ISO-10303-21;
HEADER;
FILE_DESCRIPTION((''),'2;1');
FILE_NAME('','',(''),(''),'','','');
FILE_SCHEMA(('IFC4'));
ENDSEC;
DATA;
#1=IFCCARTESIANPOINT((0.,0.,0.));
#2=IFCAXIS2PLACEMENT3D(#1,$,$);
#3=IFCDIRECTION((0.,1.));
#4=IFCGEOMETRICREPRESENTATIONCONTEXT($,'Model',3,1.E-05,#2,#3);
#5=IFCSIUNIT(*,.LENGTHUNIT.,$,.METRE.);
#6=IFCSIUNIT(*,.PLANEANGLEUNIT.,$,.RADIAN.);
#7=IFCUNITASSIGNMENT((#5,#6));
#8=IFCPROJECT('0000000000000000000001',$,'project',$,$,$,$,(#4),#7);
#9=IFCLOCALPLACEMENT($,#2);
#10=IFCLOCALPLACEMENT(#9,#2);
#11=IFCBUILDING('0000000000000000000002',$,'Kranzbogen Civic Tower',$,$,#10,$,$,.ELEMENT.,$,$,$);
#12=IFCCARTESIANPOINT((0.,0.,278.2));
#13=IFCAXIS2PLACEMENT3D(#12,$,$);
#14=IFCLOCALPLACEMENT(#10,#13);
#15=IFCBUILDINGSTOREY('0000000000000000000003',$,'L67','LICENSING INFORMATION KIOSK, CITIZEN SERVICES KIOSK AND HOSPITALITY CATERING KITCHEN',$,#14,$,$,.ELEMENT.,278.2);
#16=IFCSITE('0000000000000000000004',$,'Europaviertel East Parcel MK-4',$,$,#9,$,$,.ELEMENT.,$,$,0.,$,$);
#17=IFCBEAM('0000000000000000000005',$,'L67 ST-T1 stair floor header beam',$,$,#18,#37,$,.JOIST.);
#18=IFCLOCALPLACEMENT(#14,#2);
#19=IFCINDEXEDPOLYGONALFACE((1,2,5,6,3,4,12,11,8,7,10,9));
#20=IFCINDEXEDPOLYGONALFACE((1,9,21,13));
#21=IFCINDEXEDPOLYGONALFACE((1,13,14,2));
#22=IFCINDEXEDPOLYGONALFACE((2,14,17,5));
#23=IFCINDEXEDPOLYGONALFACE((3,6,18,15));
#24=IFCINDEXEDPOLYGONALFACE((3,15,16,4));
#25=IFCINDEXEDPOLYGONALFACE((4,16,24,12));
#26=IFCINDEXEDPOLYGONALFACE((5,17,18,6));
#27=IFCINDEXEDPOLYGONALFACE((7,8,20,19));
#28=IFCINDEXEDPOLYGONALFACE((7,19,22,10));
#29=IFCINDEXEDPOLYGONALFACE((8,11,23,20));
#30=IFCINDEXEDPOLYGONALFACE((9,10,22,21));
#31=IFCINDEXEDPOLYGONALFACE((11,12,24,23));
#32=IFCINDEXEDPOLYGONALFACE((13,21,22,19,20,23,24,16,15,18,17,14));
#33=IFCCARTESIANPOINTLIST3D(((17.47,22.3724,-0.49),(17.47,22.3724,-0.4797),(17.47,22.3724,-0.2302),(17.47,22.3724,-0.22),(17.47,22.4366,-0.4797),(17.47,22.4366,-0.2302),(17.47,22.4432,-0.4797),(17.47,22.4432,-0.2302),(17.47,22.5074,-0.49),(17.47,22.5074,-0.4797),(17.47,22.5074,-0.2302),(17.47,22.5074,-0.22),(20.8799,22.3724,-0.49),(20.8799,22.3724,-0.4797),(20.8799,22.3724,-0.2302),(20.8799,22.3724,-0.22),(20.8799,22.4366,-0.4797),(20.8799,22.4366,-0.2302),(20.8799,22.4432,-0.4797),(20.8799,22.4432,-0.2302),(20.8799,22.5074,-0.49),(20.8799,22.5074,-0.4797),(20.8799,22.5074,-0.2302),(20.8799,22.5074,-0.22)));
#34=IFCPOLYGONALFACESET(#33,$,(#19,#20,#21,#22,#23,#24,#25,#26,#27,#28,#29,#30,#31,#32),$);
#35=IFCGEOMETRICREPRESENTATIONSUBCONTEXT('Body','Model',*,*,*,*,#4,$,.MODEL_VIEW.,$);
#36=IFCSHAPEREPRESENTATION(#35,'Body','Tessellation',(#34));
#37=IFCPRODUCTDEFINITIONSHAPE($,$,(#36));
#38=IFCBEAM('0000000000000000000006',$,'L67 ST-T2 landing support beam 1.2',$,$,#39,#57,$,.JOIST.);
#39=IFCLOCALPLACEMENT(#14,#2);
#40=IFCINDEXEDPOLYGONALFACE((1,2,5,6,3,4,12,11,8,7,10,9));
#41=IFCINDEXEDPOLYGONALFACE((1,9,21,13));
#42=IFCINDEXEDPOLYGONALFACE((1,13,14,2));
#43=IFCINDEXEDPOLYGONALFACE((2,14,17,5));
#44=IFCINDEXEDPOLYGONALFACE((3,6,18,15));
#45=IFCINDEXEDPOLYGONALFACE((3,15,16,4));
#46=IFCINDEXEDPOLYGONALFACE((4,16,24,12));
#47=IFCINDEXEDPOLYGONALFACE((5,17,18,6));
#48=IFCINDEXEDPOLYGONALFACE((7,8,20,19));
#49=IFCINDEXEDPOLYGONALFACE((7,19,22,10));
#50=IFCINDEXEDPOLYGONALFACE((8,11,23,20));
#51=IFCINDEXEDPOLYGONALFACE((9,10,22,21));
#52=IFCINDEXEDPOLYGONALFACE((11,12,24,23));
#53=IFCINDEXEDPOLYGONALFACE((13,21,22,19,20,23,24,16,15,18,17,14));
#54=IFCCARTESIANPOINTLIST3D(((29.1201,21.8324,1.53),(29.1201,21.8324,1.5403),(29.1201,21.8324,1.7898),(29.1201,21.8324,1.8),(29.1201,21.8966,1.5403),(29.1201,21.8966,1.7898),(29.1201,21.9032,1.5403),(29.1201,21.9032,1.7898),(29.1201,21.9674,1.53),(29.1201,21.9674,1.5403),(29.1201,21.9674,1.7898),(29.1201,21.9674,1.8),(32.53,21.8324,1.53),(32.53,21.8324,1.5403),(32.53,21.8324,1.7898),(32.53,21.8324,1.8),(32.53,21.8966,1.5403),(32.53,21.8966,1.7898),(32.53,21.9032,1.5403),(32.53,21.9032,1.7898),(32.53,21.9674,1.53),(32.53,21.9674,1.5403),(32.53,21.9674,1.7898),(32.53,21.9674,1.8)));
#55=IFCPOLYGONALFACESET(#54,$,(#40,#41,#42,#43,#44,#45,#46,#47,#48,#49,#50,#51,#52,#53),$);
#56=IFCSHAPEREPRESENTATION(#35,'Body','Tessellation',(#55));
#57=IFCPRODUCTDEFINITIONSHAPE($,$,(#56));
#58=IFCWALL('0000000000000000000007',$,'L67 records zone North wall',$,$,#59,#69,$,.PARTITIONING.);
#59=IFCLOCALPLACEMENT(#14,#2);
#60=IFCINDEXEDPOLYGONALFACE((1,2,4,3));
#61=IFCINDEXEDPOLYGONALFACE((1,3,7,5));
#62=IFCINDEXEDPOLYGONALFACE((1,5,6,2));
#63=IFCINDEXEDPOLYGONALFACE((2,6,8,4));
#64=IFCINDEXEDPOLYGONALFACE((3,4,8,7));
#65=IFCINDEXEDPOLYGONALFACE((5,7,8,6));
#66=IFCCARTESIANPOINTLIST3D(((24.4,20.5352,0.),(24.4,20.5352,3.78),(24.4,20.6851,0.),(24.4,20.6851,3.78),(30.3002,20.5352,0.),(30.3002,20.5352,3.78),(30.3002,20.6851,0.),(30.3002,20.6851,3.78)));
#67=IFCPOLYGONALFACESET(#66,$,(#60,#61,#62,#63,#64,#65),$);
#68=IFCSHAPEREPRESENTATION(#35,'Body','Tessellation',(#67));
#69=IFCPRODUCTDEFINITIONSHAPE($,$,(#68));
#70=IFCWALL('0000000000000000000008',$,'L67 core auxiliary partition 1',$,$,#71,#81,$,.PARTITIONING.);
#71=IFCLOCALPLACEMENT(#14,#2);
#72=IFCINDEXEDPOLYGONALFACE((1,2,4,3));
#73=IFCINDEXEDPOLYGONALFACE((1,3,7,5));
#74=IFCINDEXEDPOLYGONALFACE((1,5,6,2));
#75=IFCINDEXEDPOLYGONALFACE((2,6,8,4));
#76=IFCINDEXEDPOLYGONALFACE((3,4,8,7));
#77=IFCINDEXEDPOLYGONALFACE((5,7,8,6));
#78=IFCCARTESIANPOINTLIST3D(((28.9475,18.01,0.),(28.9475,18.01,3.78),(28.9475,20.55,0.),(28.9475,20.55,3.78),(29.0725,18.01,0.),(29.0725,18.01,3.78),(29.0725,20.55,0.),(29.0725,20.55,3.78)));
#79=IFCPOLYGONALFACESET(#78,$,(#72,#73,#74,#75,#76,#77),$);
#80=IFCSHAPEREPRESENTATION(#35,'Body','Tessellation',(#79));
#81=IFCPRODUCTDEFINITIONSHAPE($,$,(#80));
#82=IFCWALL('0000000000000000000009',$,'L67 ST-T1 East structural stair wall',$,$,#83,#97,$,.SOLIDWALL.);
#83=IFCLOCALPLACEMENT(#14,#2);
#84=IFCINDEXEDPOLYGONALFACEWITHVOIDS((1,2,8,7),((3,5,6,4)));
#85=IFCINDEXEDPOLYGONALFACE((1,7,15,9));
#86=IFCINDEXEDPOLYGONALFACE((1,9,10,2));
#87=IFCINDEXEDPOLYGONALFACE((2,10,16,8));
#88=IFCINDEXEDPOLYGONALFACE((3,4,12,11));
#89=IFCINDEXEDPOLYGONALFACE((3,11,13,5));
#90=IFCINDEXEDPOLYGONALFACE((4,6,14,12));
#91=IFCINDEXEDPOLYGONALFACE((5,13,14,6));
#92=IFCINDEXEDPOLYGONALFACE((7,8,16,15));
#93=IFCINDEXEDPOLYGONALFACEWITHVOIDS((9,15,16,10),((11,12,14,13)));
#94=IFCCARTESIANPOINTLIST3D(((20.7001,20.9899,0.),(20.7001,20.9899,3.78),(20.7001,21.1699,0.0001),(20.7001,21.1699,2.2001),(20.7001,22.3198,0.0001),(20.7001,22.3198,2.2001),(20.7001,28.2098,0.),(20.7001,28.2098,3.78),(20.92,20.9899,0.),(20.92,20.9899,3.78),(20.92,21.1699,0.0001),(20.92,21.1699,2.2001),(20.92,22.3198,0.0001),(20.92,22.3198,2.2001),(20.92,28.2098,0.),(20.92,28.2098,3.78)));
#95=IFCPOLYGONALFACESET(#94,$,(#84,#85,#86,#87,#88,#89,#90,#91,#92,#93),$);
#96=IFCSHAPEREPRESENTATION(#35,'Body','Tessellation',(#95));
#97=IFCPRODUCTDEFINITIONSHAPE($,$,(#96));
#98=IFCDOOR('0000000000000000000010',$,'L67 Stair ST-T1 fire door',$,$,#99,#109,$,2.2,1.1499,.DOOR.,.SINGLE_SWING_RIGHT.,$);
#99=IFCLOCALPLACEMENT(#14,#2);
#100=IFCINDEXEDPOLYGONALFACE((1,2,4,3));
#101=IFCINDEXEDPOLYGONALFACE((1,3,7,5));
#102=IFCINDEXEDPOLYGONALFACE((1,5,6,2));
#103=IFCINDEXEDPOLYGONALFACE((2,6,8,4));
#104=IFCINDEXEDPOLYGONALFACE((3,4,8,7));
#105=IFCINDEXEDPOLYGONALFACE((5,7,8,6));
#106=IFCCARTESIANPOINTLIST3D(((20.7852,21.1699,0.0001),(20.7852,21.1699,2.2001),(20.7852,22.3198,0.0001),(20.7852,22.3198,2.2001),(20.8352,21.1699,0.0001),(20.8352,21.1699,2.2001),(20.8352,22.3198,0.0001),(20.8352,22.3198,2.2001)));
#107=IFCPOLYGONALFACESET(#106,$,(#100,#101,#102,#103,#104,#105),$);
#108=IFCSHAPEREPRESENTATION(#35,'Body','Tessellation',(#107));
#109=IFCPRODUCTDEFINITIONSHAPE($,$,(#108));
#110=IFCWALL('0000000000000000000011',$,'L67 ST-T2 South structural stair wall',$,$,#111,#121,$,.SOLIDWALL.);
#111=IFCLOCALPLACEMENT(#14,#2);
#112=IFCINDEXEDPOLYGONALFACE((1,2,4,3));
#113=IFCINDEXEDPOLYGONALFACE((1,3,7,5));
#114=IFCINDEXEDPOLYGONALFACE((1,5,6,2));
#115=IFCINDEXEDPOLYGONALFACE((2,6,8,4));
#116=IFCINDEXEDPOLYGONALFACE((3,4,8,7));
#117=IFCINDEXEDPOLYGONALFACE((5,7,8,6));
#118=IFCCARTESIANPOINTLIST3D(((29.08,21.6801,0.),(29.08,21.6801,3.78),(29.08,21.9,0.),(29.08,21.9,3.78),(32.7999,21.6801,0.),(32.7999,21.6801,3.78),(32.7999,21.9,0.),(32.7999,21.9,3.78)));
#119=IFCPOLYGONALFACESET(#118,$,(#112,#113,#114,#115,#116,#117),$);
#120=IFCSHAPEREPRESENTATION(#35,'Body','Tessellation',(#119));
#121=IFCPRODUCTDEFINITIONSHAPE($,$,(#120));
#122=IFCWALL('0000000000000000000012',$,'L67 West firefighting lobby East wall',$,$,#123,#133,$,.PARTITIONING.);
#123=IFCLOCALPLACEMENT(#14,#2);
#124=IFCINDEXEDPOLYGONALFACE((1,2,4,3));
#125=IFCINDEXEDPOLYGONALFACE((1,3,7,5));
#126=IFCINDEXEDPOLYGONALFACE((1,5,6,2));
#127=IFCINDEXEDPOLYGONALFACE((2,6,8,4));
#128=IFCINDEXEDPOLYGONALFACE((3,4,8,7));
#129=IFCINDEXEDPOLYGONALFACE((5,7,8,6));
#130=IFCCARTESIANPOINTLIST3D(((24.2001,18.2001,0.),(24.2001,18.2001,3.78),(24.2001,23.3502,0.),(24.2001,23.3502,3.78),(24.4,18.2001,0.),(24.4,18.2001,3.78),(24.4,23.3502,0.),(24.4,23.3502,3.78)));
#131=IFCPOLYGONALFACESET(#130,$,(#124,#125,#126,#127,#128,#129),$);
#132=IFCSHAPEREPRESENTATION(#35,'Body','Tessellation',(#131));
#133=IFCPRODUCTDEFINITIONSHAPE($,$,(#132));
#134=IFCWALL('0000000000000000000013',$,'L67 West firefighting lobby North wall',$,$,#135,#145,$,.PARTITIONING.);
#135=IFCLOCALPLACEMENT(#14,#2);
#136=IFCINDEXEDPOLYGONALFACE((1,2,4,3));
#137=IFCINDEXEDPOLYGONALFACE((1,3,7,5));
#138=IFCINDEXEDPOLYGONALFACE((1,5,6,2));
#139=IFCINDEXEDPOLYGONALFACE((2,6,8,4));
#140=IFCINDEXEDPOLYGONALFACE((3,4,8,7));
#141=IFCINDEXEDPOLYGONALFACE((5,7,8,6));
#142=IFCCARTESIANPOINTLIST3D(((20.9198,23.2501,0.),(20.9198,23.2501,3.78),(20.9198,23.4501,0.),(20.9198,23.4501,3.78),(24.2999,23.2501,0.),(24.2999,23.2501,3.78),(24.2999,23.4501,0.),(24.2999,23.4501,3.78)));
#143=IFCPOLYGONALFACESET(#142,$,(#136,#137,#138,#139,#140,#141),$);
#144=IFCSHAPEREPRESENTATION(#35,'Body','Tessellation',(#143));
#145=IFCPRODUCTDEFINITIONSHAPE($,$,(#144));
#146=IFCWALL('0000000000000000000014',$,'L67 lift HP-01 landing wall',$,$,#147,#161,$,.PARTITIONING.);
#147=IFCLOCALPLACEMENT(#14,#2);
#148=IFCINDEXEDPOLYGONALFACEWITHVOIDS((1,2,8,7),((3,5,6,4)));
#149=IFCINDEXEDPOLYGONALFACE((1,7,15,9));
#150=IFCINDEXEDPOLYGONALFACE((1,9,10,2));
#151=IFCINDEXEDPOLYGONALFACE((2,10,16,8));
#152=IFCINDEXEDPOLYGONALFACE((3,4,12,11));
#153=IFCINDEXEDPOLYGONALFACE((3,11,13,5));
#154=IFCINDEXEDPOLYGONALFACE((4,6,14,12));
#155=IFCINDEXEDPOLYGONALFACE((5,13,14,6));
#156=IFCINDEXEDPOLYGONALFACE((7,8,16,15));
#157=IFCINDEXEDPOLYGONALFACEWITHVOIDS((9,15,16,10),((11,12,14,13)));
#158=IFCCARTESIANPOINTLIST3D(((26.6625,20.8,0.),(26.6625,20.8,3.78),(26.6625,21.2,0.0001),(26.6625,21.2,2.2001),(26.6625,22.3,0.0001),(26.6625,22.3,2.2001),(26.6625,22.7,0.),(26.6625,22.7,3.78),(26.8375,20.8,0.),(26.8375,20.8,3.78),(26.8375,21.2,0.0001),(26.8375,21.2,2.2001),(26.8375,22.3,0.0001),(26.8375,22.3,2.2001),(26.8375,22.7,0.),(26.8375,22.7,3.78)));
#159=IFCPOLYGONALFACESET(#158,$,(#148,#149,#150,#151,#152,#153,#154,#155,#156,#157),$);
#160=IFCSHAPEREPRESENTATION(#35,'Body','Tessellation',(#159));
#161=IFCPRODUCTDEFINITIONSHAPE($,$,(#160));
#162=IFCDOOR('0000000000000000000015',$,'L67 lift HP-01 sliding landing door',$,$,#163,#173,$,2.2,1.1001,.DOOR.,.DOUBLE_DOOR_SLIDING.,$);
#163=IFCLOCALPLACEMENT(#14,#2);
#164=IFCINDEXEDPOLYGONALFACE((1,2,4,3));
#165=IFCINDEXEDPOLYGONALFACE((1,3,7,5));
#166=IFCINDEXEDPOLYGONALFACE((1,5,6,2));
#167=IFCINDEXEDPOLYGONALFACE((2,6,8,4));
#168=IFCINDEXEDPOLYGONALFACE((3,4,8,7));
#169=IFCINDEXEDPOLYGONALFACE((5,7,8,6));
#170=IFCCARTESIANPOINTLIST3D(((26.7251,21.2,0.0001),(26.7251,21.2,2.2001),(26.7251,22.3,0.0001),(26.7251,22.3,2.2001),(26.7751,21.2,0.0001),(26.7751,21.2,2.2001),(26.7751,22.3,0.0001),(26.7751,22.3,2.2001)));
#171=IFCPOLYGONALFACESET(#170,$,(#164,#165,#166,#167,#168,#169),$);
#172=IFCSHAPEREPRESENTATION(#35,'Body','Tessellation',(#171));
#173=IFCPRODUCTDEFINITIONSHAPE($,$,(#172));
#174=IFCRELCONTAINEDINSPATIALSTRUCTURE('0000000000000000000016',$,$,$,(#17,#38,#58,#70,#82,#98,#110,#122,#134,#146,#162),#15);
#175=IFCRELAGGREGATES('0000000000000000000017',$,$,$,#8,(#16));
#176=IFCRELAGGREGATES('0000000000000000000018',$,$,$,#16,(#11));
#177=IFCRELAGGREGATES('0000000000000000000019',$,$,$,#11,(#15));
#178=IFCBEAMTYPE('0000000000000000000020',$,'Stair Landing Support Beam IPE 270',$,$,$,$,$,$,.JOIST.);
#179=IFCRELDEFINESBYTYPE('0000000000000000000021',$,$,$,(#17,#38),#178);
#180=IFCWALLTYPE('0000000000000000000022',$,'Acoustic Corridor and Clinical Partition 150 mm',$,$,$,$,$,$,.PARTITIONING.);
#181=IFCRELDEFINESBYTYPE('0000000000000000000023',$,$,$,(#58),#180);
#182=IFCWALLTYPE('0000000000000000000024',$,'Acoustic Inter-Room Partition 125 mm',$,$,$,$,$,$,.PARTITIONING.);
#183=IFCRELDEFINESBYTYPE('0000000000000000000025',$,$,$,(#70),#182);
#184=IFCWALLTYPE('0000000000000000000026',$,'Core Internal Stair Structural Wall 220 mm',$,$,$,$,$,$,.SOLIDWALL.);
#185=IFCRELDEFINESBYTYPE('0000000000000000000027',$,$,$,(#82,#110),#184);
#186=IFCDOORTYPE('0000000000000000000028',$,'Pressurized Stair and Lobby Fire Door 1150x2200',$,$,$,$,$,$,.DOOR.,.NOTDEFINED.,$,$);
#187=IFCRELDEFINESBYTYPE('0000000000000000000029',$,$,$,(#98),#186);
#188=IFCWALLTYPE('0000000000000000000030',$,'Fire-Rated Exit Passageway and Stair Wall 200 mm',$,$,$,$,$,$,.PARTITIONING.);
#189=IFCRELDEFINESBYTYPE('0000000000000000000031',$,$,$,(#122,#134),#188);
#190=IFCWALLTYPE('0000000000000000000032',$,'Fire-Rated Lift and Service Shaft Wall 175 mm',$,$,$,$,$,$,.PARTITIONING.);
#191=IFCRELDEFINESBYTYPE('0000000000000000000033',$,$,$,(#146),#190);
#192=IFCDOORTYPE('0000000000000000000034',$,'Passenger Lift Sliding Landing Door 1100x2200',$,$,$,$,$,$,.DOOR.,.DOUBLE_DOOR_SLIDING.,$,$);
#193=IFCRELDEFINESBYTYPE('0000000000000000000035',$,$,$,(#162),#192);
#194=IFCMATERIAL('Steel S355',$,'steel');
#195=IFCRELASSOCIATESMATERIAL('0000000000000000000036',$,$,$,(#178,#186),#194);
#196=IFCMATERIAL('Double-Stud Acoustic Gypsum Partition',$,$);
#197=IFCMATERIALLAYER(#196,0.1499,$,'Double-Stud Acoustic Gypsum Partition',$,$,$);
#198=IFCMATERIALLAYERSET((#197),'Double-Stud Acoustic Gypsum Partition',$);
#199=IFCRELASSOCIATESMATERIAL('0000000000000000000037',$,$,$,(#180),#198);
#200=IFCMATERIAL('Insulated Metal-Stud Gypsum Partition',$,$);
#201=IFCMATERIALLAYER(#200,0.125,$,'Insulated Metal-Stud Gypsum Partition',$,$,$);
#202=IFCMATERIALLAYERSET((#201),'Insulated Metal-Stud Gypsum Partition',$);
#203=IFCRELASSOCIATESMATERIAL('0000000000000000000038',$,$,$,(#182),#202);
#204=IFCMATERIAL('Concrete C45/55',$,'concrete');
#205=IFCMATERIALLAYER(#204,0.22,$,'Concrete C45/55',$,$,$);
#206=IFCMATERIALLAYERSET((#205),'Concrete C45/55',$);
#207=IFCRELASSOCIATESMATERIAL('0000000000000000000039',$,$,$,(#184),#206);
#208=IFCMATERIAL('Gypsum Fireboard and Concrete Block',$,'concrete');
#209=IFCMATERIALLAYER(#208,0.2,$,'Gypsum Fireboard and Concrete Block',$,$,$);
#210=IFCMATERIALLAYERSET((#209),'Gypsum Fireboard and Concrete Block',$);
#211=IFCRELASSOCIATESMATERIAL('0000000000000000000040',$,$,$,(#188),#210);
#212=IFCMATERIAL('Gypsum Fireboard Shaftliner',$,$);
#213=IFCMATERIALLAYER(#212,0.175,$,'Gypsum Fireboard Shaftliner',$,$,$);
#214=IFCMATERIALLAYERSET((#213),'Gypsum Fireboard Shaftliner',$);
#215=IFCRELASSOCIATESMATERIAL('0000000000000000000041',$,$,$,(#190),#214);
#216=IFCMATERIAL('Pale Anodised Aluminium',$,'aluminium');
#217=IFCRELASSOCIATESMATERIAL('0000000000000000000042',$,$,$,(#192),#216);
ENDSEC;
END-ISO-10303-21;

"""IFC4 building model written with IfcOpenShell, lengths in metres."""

from ifc_helpers import new_model, si_unit, direction, frame, frame_2d, origin, origin_2d, place, context, subcontext, project, spatial, rectangle, i_section, extrude, material, layer, layer_set, material_profile, profile_set, type_object, element, fill, save


model = new_model("IFC4")

# Units and contexts
model_context = context("Model", 3, precision=1e-05, world=origin(), true_north=direction((0.0, 1.0)))
body_context = subcontext(model_context, "Body", "Model", "MODEL_VIEW")
ifc_project = project(units=[si_unit("LENGTHUNIT", "METRE"), si_unit("PLANEANGLEUNIT", "RADIAN")], contexts=[model_context])

# Site, building, storey
site_placement = place(None, origin())
site = spatial("IfcSite", under=ifc_project, at=site_placement, Name="Europaviertel East Parcel MK-4", CompositionType="ELEMENT", RefElevation=0.0)
building_placement = place(site_placement, origin())
building = spatial("IfcBuilding", under=site, at=building_placement, Name="Kranzbogen Civic Tower", CompositionType="ELEMENT")
storey_placement = place(building_placement, frame((0.0, 0.0, 278.2)))
storey = spatial("IfcBuildingStorey", under=building, at=storey_placement, Name="L67", Description="LICENSING INFORMATION KIOSK, CITIZEN SERVICES KIOSK AND HOSPITALITY CATERING KITCHEN", CompositionType="ELEMENT", Elevation=278.2)

# Beams
ifc_material_1 = material(Name="Steel S355", Category="steel")
ifc_material_profile = material_profile(ifc_material_1, i_section(OverallWidth=0.135, OverallDepth=0.27, WebThickness=0.0066, FlangeThickness=0.0103, at=origin_2d()), Name="IPE 270")
ifc_profile_set = profile_set([ifc_material_profile], Name="Steel S355")
beam_type = type_object("IfcBeamType", Name="Stair Landing Support Beam IPE 270", PredefinedType="JOIST", material=ifc_profile_set)
for number, where, z_axis, x_axis, name in (
    (1, (20.8799, 22.4399, -0.355), (-1.0, 0.0, 0.0), (0.0, -1.0, 0.0), "L67 ST-T1 stair floor header beam"),
    (2, (29.1201, 21.8999, 1.665), (1.0, 0.0, 0.0), (0.0, 1.0, 0.0), "L67 ST-T2 landing support beam 1.2"),
):
    element("IfcBeam", number, at=place(storey_placement, frame(where, z_axis=z_axis, x_axis=x_axis)), inside=storey, type_object=beam_type, Name=name, PredefinedType="JOIST", context=body_context, shape_type="SweptSolid", body=[
        extrude(i_section(OverallWidth=0.135, OverallDepth=0.27, WebThickness=0.0066, FlangeThickness=0.0103, at=origin_2d()), origin(), (0.0, 0.0, 1.0), 3.4099),
    ])

# Walls
ifc_material_2 = material(Name="Double-Stud Acoustic Gypsum Partition")
ifc_layer_1 = layer(ifc_material_2, 0.1499, Name="Double-Stud Acoustic Gypsum Partition")
ifc_layer_set_1 = layer_set([ifc_layer_1], Name="Double-Stud Acoustic Gypsum Partition")
wall_type_1 = type_object("IfcWallType", Name="Acoustic Corridor and Clinical Partition 150 mm", PredefinedType="PARTITIONING", material=ifc_layer_set_1)
wall_1_placement = place(storey_placement, frame((24.3999, 20.6101, 0.0), z_axis=(0.0, 0.0, 1.0), x_axis=(1.0, 0.0, 0.0)))
element("IfcWall", 3, at=wall_1_placement, inside=storey, type_object=wall_type_1, Name="L67 records zone North wall", PredefinedType="PARTITIONING", context=body_context, shape_type="SweptSolid", body=[
    extrude(rectangle(XDim=5.9001, YDim=0.1499, at=frame_2d((2.9502, 0.0))), origin(), (0.0, 0.0, 1.0), 3.78),
])
ifc_material_3 = material(Name="Insulated Metal-Stud Gypsum Partition")
ifc_layer_2 = layer(ifc_material_3, 0.125, Name="Insulated Metal-Stud Gypsum Partition")
ifc_layer_set_2 = layer_set([ifc_layer_2], Name="Insulated Metal-Stud Gypsum Partition")
wall_type_2 = type_object("IfcWallType", Name="Acoustic Inter-Room Partition 125 mm", PredefinedType="PARTITIONING", material=ifc_layer_set_2)
wall_2_placement = place(storey_placement, frame((29.01, 18.01, 0.0), z_axis=(0.0, 0.0, 1.0), x_axis=(0.0, 1.0, 0.0)))
element("IfcWall", 4, at=wall_2_placement, inside=storey, type_object=wall_type_2, Name="L67 core auxiliary partition 1", PredefinedType="PARTITIONING", context=body_context, shape_type="SweptSolid", body=[
    extrude(rectangle(XDim=2.54, YDim=0.125, at=frame_2d((1.27, 0.0))), origin(), (0.0, 0.0, 1.0), 3.78),
])

# Wall, opening, door
ifc_material_4 = material(Name="Concrete C45/55", Category="concrete")
ifc_layer_3 = layer(ifc_material_4, 0.22, Name="Concrete C45/55")
ifc_layer_set_3 = layer_set([ifc_layer_3], Name="Concrete C45/55")
wall_type_3 = type_object("IfcWallType", Name="Core Internal Stair Structural Wall 220 mm", PredefinedType="SOLIDWALL", material=ifc_layer_set_3)
wall_3_placement = place(storey_placement, frame((20.8101, 20.99, 0.0), z_axis=(0.0, 0.0, 1.0), x_axis=(0.0, 1.0, 0.0)))
wall_3 = element("IfcWall", 5, at=wall_3_placement, inside=storey, type_object=wall_type_3, Name="L67 ST-T1 East structural stair wall", PredefinedType="SOLIDWALL", context=body_context, shape_type="SweptSolid", body=[
    extrude(rectangle(XDim=7.22, YDim=0.22, at=frame_2d((3.6099, 0.0))), origin(), (0.0, 0.0, 1.0), 3.78),
])
opening_1_placement = place(wall_3_placement, frame((0.1799, 0.0, 0.0)))
opening_1 = element("IfcOpeningElement", 6, at=opening_1_placement, cuts=wall_3, PredefinedType="OPENING", context=body_context, shape_type="SweptSolid", body=[
    extrude(rectangle(XDim=1.1499, YDim=2.2, at=frame_2d((0.575, 1.1001))), frame((0.0, 0.1201, 0.0), z_axis=(0.0, -1.0, 0.0), x_axis=(1.0, 0.0, 0.0)), (0.0, 0.0, 1.0), 0.24),
])
door_type_1 = type_object("IfcDoorType", Name="Pressurized Stair and Lobby Fire Door 1150x2200", OperationType="NOTDEFINED", PredefinedType="DOOR", material=ifc_material_1)
door_1_placement = place(opening_1_placement, origin())
door_1 = element("IfcDoor", 7, at=door_1_placement, inside=storey, type_object=door_type_1, Name="L67 Stair ST-T1 fire door", OperationType="SINGLE_SWING_RIGHT", OverallHeight=2.2, OverallWidth=1.1499, PredefinedType="DOOR", context=body_context, shape_type="SweptSolid", body=[
    extrude(rectangle(XDim=1.1499, YDim=2.2, at=frame_2d((0.575, 1.1001))), frame((0.0, 0.0249, 0.0), z_axis=(0.0, -1.0, 0.0), x_axis=(1.0, 0.0, 0.0)), (0.0, 0.0, 1.0), 0.05),
])
fill(opening_1, door_1)

# Walls
wall_4_placement = place(storey_placement, frame((29.0801, 21.79, 0.0), z_axis=(0.0, 0.0, 1.0), x_axis=(1.0, 0.0, 0.0)))
element("IfcWall", 8, at=wall_4_placement, inside=storey, type_object=wall_type_3, Name="L67 ST-T2 South structural stair wall", PredefinedType="SOLIDWALL", context=body_context, shape_type="SweptSolid", body=[
    extrude(rectangle(XDim=3.72, YDim=0.22, at=frame_2d((1.8599, 0.0))), origin(), (0.0, 0.0, 1.0), 3.78),
])
ifc_material_5 = material(Name="Gypsum Fireboard and Concrete Block", Category="concrete")
ifc_layer_4 = layer(ifc_material_5, 0.2, Name="Gypsum Fireboard and Concrete Block")
ifc_layer_set_4 = layer_set([ifc_layer_4], Name="Gypsum Fireboard and Concrete Block")
wall_type_4 = type_object("IfcWallType", Name="Fire-Rated Exit Passageway and Stair Wall 200 mm", PredefinedType="PARTITIONING", material=ifc_layer_set_4)
wall_5_placement = place(storey_placement, frame((24.3, 18.2, 0.0), z_axis=(0.0, 0.0, 1.0), x_axis=(0.0, 1.0, 0.0)))
element("IfcWall", 9, at=wall_5_placement, inside=storey, type_object=wall_type_4, Name="L67 West firefighting lobby East wall", PredefinedType="PARTITIONING", context=body_context, shape_type="SweptSolid", body=[
    extrude(rectangle(XDim=5.1501, YDim=0.2, at=frame_2d((2.5752, 0.0))), origin(), (0.0, 0.0, 1.0), 3.78),
])
wall_6_placement = place(storey_placement, frame((20.9199, 23.3501, 0.0), z_axis=(0.0, 0.0, 1.0), x_axis=(1.0, 0.0, 0.0)))
element("IfcWall", 10, at=wall_6_placement, inside=storey, type_object=wall_type_4, Name="L67 West firefighting lobby North wall", PredefinedType="PARTITIONING", context=body_context, shape_type="SweptSolid", body=[
    extrude(rectangle(XDim=3.3801, YDim=0.2, at=frame_2d((1.6899, 0.0))), origin(), (0.0, 0.0, 1.0), 3.78),
])

# Wall, opening, door
ifc_material_6 = material(Name="Gypsum Fireboard Shaftliner")
ifc_layer_5 = layer(ifc_material_6, 0.175, Name="Gypsum Fireboard Shaftliner")
ifc_layer_set_5 = layer_set([ifc_layer_5], Name="Gypsum Fireboard Shaftliner")
wall_type_5 = type_object("IfcWallType", Name="Fire-Rated Lift and Service Shaft Wall 175 mm", PredefinedType="PARTITIONING", material=ifc_layer_set_5)
wall_7_placement = place(storey_placement, frame((26.75, 20.8, 0.0), z_axis=(0.0, 0.0, 1.0), x_axis=(0.0, 1.0, 0.0)))
wall_7 = element("IfcWall", 11, at=wall_7_placement, inside=storey, type_object=wall_type_5, Name="L67 lift HP-01 landing wall", PredefinedType="PARTITIONING", context=body_context, shape_type="SweptSolid", body=[
    extrude(rectangle(XDim=1.8999, YDim=0.175, at=frame_2d((0.95, 0.0))), origin(), (0.0, 0.0, 1.0), 3.78),
])
opening_2_placement = place(wall_7_placement, frame((0.3999, 0.0, 0.0)))
opening_2 = element("IfcOpeningElement", 12, at=opening_2_placement, cuts=wall_7, PredefinedType="OPENING", context=body_context, shape_type="SweptSolid", body=[
    extrude(rectangle(XDim=1.1001, YDim=2.2, at=frame_2d((0.55, 1.1001))), frame((0.0, 0.0977, 0.0), z_axis=(0.0, -1.0, 0.0), x_axis=(1.0, 0.0, 0.0)), (0.0, 0.0, 1.0), 0.1951),
])
ifc_material_7 = material(Name="Pale Anodised Aluminium", Category="aluminium")
door_type_2 = type_object("IfcDoorType", Name="Passenger Lift Sliding Landing Door 1100x2200", OperationType="DOUBLE_DOOR_SLIDING", PredefinedType="DOOR", material=ifc_material_7)
door_2_placement = place(opening_2_placement, origin())
door_2 = element("IfcDoor", 13, at=door_2_placement, inside=storey, type_object=door_type_2, Name="L67 lift HP-01 sliding landing door", OperationType="DOUBLE_DOOR_SLIDING", OverallHeight=2.2, OverallWidth=1.1001, PredefinedType="DOOR", context=body_context, shape_type="SweptSolid", body=[
    extrude(rectangle(XDim=1.1001, YDim=2.2, at=frame_2d((0.55, 1.1001))), frame((0.0, 0.0249, 0.0), z_axis=(0.0, -1.0, 0.0), x_axis=(1.0, 0.0, 0.0)), (0.0, 0.0, 1.0), 0.05),
])
fill(opening_2, door_2)

save(model, "model.ifc")
